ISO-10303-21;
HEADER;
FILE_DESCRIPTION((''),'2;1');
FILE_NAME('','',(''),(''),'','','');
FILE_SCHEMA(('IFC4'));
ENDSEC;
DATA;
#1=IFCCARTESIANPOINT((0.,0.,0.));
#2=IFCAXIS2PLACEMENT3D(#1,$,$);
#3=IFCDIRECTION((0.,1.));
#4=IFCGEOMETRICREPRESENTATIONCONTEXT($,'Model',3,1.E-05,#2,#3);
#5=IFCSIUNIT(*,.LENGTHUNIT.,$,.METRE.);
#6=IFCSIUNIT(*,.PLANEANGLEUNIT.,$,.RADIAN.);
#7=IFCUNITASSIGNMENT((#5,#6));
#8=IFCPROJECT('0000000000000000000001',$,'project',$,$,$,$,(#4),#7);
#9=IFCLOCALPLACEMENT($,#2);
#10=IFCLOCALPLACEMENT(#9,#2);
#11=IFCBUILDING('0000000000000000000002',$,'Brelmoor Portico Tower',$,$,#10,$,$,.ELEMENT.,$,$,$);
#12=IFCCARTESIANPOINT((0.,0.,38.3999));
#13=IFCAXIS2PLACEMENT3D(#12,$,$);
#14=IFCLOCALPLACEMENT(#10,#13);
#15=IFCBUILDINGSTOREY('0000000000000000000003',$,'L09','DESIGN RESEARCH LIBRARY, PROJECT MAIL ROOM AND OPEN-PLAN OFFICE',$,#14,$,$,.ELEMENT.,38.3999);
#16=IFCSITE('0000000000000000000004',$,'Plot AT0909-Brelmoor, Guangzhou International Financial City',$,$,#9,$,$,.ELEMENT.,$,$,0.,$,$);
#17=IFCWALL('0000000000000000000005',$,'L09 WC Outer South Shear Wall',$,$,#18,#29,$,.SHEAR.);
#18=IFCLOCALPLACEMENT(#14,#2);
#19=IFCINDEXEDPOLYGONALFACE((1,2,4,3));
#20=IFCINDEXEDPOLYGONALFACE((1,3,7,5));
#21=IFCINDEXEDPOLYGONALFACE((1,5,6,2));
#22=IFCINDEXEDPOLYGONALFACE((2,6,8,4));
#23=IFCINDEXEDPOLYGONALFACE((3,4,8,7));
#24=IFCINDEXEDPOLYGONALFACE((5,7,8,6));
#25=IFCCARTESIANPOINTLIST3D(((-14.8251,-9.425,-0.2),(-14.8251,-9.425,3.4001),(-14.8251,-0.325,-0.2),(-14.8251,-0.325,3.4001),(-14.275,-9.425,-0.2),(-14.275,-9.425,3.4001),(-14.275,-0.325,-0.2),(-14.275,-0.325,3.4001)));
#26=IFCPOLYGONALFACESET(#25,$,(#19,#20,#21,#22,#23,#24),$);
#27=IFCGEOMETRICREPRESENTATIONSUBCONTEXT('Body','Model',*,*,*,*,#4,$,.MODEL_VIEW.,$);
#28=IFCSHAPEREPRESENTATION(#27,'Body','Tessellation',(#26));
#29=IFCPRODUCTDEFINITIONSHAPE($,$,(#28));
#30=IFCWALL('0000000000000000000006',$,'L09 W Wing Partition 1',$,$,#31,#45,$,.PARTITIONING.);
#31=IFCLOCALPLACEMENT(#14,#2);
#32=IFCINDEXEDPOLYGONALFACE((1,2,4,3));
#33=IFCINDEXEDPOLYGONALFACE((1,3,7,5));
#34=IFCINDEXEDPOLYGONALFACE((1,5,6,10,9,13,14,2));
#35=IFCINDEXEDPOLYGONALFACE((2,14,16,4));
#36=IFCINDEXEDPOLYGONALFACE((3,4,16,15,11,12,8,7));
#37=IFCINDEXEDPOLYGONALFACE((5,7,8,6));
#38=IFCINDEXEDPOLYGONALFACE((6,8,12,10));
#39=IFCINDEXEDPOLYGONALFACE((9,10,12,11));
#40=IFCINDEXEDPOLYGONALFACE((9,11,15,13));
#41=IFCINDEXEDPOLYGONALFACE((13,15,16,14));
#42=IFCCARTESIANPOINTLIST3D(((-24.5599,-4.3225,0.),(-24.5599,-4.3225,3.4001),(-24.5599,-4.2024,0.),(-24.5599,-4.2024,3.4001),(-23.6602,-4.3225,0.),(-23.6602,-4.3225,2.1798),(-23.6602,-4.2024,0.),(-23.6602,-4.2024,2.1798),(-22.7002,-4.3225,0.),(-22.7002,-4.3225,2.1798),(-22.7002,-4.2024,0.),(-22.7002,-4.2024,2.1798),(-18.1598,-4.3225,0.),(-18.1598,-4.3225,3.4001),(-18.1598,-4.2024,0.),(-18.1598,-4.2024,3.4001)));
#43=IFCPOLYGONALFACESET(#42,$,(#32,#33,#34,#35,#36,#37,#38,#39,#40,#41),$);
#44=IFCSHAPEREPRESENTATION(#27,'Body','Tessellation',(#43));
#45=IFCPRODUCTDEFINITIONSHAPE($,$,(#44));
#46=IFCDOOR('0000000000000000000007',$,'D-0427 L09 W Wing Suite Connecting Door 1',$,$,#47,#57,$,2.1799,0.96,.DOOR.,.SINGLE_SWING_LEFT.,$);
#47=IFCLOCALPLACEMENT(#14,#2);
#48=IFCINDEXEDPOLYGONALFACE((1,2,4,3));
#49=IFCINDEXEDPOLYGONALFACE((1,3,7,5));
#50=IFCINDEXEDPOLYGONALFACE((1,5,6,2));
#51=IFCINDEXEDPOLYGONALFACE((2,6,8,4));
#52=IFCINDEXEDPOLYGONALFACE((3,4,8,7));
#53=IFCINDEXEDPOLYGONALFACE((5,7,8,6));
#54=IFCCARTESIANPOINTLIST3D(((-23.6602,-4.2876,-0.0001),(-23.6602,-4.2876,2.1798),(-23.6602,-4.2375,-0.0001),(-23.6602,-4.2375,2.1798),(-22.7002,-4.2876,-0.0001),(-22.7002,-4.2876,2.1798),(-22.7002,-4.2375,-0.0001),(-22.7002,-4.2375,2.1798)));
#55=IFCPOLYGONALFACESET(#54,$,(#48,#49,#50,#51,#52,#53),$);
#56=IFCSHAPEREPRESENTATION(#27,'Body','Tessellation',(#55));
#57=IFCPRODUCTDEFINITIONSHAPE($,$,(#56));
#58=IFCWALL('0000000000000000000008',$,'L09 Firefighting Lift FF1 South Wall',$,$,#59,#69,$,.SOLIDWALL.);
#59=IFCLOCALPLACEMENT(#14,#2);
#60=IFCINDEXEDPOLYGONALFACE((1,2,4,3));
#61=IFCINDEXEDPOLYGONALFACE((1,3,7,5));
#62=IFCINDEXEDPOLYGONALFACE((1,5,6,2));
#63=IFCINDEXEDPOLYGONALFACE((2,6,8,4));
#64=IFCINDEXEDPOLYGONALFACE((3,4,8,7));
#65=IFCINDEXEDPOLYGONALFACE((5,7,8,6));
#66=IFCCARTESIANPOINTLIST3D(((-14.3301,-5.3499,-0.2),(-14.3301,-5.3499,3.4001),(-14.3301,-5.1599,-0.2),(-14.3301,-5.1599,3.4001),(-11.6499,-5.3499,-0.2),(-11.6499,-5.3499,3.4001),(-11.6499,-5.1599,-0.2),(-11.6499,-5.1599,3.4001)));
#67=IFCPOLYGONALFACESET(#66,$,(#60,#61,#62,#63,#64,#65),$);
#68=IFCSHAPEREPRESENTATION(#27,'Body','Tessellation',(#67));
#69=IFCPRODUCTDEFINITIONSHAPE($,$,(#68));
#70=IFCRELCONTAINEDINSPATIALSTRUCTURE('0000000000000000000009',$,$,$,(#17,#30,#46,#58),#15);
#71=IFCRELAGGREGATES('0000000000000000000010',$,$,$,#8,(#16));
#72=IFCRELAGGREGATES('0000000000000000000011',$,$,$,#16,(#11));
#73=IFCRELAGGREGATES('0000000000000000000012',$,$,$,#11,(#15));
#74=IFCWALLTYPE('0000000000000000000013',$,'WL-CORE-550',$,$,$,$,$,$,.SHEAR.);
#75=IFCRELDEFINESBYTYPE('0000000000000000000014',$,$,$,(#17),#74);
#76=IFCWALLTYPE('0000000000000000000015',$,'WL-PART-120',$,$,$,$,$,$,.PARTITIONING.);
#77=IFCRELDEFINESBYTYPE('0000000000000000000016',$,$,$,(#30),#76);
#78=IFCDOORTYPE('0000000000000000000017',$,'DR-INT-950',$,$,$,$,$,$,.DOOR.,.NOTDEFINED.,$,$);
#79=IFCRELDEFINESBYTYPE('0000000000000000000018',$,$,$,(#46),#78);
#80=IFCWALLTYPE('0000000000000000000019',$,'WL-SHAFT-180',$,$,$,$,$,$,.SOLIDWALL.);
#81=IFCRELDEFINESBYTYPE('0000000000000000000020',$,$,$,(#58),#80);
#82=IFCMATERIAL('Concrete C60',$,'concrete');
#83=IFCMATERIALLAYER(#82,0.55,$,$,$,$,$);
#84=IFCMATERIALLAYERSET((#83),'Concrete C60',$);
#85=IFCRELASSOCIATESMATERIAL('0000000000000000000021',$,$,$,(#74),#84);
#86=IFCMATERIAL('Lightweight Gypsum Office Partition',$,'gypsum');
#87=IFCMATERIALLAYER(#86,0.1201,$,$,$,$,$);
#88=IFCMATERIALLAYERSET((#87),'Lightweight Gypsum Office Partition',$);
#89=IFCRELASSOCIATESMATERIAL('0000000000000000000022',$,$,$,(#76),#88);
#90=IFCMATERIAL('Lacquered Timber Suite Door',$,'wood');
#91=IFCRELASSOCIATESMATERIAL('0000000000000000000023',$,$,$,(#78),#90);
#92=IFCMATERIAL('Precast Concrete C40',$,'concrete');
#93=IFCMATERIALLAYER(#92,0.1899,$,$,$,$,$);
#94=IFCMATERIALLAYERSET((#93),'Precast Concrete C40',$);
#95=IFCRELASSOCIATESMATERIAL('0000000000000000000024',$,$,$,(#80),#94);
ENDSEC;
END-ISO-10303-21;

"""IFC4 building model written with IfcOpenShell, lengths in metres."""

from ifc_helpers import new_model, si_unit, direction, frame, frame_2d, origin, place, context, subcontext, project, spatial, rectangle, extrude, material, layer, layer_set, type_object, element, fill, save


model = new_model("IFC4")

# Units and contexts
model_context = context("Model", 3, precision=1e-05, world=origin(), true_north=direction((0.0, 1.0)))
body_context = subcontext(model_context, "Body", "Model", "MODEL_VIEW")
ifc_project = project(units=[si_unit("LENGTHUNIT", "METRE"), si_unit("PLANEANGLEUNIT", "RADIAN")], contexts=[model_context])

# Site, building, storey
site_placement = place(None, origin())
site = spatial("IfcSite", under=ifc_project, at=site_placement, Name="Plot AT0909-Brelmoor, Guangzhou International Financial City", CompositionType="ELEMENT", RefElevation=0.0)
building_placement = place(site_placement, origin())
building = spatial("IfcBuilding", under=site, at=building_placement, Name="Brelmoor Portico Tower", CompositionType="ELEMENT")
storey_placement = place(building_placement, frame((0.0, 0.0, 38.3999)))
storey = spatial("IfcBuildingStorey", under=building, at=storey_placement, Name="L09", Description="DESIGN RESEARCH LIBRARY, PROJECT MAIL ROOM AND OPEN-PLAN OFFICE", CompositionType="ELEMENT", Elevation=38.3999)

# Wall
ifc_material_1 = material(Name="Concrete C60", Category="concrete")
ifc_layer_1 = layer(ifc_material_1, 0.55)
ifc_layer_set_1 = layer_set([ifc_layer_1], Name="Concrete C60")
wall_type_1 = type_object("IfcWallType", Name="WL-CORE-550", PredefinedType="SHEAR", material=ifc_layer_set_1)
wall_1_placement = place(storey_placement, frame((-14.55, -9.425, -0.2), z_axis=(0.0, 0.0, 1.0), x_axis=(0.0, 1.0, 0.0)))
element("IfcWall", 1, at=wall_1_placement, inside=storey, type_object=wall_type_1, Name="L09 WC Outer South Shear Wall", PredefinedType="SHEAR", context=body_context, shape_type="SweptSolid", body=[
    extrude(rectangle(XDim=9.1001, YDim=0.55, at=frame_2d((4.55, 0.0))), origin(), (0.0, 0.0, 1.0), 3.6001),
])

# Wall, opening, door
ifc_material_2 = material(Name="Lightweight Gypsum Office Partition", Category="gypsum")
ifc_layer_2 = layer(ifc_material_2, 0.1201)
ifc_layer_set_2 = layer_set([ifc_layer_2], Name="Lightweight Gypsum Office Partition")
wall_type_2 = type_object("IfcWallType", Name="WL-PART-120", PredefinedType="PARTITIONING", material=ifc_layer_set_2)
wall_2_placement = place(storey_placement, frame((-24.5601, -4.2625, 0.0), z_axis=(0.0, 0.0, 1.0), x_axis=(1.0, 0.0, 0.0)))
wall_2 = element("IfcWall", 2, at=wall_2_placement, inside=storey, type_object=wall_type_2, Name="L09 W Wing Partition 1", PredefinedType="PARTITIONING", context=body_context, shape_type="SweptSolid", body=[
    extrude(rectangle(XDim=6.4001, YDim=0.1201, at=frame_2d((3.2002, 0.0))), origin(), (0.0, 0.0, 1.0), 3.4001),
])
opening_placement = place(wall_2_placement, frame((0.8999, 0.0, 0.0)))
opening = element("IfcOpeningElement", 3, at=opening_placement, cuts=wall_2, PredefinedType="OPENING", context=body_context, shape_type="SweptSolid", body=[
    extrude(rectangle(XDim=0.96, YDim=2.1799, at=frame_2d((0.48, 1.0898))), frame((0.0, 0.0701, 0.0), z_axis=(0.0, -1.0, 0.0), x_axis=(1.0, 0.0, 0.0)), (0.0, 0.0, 1.0), 0.1401),
])
ifc_material_3 = material(Name="Lacquered Timber Suite Door", Category="wood")
door_type = type_object("IfcDoorType", Name="DR-INT-950", OperationType="NOTDEFINED", PredefinedType="DOOR", material=ifc_material_3)
door_placement = place(opening_placement, origin())
door = element("IfcDoor", 4, at=door_placement, inside=storey, type_object=door_type, Name="D-0427 L09 W Wing Suite Connecting Door 1", OperationType="SINGLE_SWING_LEFT", OverallHeight=2.1799, OverallWidth=0.96, PredefinedType="DOOR", context=body_context, shape_type="SweptSolid", body=[
    extrude(rectangle(XDim=0.96, YDim=2.1799, at=frame_2d((0.48, 1.0898))), frame((0.0, 0.0249, 0.0), z_axis=(0.0, -1.0, 0.0), x_axis=(1.0, 0.0, 0.0)), (0.0, 0.0, 1.0), 0.05),
])
fill(opening, door)

# Wall
ifc_material_4 = material(Name="Precast Concrete C40", Category="concrete")
ifc_layer_3 = layer(ifc_material_4, 0.1899)
ifc_layer_set_3 = layer_set([ifc_layer_3], Name="Precast Concrete C40")
wall_type_3 = type_object("IfcWallType", Name="WL-SHAFT-180", PredefinedType="SOLIDWALL", material=ifc_layer_set_3)
wall_3_placement = place(storey_placement, frame((-14.3301, -5.2549, -0.2), z_axis=(0.0, 0.0, 1.0), x_axis=(1.0, 0.0, 0.0)))
element("IfcWall", 5, at=wall_3_placement, inside=storey, type_object=wall_type_3, Name="L09 Firefighting Lift FF1 South Wall", PredefinedType="SOLIDWALL", context=body_context, shape_type="SweptSolid", body=[
    extrude(rectangle(XDim=2.6802, YDim=0.1899, at=frame_2d((1.3401, 0.0))), origin(), (0.0, 0.0, 1.0), 3.6001),
])

save(model, "model.ifc")
